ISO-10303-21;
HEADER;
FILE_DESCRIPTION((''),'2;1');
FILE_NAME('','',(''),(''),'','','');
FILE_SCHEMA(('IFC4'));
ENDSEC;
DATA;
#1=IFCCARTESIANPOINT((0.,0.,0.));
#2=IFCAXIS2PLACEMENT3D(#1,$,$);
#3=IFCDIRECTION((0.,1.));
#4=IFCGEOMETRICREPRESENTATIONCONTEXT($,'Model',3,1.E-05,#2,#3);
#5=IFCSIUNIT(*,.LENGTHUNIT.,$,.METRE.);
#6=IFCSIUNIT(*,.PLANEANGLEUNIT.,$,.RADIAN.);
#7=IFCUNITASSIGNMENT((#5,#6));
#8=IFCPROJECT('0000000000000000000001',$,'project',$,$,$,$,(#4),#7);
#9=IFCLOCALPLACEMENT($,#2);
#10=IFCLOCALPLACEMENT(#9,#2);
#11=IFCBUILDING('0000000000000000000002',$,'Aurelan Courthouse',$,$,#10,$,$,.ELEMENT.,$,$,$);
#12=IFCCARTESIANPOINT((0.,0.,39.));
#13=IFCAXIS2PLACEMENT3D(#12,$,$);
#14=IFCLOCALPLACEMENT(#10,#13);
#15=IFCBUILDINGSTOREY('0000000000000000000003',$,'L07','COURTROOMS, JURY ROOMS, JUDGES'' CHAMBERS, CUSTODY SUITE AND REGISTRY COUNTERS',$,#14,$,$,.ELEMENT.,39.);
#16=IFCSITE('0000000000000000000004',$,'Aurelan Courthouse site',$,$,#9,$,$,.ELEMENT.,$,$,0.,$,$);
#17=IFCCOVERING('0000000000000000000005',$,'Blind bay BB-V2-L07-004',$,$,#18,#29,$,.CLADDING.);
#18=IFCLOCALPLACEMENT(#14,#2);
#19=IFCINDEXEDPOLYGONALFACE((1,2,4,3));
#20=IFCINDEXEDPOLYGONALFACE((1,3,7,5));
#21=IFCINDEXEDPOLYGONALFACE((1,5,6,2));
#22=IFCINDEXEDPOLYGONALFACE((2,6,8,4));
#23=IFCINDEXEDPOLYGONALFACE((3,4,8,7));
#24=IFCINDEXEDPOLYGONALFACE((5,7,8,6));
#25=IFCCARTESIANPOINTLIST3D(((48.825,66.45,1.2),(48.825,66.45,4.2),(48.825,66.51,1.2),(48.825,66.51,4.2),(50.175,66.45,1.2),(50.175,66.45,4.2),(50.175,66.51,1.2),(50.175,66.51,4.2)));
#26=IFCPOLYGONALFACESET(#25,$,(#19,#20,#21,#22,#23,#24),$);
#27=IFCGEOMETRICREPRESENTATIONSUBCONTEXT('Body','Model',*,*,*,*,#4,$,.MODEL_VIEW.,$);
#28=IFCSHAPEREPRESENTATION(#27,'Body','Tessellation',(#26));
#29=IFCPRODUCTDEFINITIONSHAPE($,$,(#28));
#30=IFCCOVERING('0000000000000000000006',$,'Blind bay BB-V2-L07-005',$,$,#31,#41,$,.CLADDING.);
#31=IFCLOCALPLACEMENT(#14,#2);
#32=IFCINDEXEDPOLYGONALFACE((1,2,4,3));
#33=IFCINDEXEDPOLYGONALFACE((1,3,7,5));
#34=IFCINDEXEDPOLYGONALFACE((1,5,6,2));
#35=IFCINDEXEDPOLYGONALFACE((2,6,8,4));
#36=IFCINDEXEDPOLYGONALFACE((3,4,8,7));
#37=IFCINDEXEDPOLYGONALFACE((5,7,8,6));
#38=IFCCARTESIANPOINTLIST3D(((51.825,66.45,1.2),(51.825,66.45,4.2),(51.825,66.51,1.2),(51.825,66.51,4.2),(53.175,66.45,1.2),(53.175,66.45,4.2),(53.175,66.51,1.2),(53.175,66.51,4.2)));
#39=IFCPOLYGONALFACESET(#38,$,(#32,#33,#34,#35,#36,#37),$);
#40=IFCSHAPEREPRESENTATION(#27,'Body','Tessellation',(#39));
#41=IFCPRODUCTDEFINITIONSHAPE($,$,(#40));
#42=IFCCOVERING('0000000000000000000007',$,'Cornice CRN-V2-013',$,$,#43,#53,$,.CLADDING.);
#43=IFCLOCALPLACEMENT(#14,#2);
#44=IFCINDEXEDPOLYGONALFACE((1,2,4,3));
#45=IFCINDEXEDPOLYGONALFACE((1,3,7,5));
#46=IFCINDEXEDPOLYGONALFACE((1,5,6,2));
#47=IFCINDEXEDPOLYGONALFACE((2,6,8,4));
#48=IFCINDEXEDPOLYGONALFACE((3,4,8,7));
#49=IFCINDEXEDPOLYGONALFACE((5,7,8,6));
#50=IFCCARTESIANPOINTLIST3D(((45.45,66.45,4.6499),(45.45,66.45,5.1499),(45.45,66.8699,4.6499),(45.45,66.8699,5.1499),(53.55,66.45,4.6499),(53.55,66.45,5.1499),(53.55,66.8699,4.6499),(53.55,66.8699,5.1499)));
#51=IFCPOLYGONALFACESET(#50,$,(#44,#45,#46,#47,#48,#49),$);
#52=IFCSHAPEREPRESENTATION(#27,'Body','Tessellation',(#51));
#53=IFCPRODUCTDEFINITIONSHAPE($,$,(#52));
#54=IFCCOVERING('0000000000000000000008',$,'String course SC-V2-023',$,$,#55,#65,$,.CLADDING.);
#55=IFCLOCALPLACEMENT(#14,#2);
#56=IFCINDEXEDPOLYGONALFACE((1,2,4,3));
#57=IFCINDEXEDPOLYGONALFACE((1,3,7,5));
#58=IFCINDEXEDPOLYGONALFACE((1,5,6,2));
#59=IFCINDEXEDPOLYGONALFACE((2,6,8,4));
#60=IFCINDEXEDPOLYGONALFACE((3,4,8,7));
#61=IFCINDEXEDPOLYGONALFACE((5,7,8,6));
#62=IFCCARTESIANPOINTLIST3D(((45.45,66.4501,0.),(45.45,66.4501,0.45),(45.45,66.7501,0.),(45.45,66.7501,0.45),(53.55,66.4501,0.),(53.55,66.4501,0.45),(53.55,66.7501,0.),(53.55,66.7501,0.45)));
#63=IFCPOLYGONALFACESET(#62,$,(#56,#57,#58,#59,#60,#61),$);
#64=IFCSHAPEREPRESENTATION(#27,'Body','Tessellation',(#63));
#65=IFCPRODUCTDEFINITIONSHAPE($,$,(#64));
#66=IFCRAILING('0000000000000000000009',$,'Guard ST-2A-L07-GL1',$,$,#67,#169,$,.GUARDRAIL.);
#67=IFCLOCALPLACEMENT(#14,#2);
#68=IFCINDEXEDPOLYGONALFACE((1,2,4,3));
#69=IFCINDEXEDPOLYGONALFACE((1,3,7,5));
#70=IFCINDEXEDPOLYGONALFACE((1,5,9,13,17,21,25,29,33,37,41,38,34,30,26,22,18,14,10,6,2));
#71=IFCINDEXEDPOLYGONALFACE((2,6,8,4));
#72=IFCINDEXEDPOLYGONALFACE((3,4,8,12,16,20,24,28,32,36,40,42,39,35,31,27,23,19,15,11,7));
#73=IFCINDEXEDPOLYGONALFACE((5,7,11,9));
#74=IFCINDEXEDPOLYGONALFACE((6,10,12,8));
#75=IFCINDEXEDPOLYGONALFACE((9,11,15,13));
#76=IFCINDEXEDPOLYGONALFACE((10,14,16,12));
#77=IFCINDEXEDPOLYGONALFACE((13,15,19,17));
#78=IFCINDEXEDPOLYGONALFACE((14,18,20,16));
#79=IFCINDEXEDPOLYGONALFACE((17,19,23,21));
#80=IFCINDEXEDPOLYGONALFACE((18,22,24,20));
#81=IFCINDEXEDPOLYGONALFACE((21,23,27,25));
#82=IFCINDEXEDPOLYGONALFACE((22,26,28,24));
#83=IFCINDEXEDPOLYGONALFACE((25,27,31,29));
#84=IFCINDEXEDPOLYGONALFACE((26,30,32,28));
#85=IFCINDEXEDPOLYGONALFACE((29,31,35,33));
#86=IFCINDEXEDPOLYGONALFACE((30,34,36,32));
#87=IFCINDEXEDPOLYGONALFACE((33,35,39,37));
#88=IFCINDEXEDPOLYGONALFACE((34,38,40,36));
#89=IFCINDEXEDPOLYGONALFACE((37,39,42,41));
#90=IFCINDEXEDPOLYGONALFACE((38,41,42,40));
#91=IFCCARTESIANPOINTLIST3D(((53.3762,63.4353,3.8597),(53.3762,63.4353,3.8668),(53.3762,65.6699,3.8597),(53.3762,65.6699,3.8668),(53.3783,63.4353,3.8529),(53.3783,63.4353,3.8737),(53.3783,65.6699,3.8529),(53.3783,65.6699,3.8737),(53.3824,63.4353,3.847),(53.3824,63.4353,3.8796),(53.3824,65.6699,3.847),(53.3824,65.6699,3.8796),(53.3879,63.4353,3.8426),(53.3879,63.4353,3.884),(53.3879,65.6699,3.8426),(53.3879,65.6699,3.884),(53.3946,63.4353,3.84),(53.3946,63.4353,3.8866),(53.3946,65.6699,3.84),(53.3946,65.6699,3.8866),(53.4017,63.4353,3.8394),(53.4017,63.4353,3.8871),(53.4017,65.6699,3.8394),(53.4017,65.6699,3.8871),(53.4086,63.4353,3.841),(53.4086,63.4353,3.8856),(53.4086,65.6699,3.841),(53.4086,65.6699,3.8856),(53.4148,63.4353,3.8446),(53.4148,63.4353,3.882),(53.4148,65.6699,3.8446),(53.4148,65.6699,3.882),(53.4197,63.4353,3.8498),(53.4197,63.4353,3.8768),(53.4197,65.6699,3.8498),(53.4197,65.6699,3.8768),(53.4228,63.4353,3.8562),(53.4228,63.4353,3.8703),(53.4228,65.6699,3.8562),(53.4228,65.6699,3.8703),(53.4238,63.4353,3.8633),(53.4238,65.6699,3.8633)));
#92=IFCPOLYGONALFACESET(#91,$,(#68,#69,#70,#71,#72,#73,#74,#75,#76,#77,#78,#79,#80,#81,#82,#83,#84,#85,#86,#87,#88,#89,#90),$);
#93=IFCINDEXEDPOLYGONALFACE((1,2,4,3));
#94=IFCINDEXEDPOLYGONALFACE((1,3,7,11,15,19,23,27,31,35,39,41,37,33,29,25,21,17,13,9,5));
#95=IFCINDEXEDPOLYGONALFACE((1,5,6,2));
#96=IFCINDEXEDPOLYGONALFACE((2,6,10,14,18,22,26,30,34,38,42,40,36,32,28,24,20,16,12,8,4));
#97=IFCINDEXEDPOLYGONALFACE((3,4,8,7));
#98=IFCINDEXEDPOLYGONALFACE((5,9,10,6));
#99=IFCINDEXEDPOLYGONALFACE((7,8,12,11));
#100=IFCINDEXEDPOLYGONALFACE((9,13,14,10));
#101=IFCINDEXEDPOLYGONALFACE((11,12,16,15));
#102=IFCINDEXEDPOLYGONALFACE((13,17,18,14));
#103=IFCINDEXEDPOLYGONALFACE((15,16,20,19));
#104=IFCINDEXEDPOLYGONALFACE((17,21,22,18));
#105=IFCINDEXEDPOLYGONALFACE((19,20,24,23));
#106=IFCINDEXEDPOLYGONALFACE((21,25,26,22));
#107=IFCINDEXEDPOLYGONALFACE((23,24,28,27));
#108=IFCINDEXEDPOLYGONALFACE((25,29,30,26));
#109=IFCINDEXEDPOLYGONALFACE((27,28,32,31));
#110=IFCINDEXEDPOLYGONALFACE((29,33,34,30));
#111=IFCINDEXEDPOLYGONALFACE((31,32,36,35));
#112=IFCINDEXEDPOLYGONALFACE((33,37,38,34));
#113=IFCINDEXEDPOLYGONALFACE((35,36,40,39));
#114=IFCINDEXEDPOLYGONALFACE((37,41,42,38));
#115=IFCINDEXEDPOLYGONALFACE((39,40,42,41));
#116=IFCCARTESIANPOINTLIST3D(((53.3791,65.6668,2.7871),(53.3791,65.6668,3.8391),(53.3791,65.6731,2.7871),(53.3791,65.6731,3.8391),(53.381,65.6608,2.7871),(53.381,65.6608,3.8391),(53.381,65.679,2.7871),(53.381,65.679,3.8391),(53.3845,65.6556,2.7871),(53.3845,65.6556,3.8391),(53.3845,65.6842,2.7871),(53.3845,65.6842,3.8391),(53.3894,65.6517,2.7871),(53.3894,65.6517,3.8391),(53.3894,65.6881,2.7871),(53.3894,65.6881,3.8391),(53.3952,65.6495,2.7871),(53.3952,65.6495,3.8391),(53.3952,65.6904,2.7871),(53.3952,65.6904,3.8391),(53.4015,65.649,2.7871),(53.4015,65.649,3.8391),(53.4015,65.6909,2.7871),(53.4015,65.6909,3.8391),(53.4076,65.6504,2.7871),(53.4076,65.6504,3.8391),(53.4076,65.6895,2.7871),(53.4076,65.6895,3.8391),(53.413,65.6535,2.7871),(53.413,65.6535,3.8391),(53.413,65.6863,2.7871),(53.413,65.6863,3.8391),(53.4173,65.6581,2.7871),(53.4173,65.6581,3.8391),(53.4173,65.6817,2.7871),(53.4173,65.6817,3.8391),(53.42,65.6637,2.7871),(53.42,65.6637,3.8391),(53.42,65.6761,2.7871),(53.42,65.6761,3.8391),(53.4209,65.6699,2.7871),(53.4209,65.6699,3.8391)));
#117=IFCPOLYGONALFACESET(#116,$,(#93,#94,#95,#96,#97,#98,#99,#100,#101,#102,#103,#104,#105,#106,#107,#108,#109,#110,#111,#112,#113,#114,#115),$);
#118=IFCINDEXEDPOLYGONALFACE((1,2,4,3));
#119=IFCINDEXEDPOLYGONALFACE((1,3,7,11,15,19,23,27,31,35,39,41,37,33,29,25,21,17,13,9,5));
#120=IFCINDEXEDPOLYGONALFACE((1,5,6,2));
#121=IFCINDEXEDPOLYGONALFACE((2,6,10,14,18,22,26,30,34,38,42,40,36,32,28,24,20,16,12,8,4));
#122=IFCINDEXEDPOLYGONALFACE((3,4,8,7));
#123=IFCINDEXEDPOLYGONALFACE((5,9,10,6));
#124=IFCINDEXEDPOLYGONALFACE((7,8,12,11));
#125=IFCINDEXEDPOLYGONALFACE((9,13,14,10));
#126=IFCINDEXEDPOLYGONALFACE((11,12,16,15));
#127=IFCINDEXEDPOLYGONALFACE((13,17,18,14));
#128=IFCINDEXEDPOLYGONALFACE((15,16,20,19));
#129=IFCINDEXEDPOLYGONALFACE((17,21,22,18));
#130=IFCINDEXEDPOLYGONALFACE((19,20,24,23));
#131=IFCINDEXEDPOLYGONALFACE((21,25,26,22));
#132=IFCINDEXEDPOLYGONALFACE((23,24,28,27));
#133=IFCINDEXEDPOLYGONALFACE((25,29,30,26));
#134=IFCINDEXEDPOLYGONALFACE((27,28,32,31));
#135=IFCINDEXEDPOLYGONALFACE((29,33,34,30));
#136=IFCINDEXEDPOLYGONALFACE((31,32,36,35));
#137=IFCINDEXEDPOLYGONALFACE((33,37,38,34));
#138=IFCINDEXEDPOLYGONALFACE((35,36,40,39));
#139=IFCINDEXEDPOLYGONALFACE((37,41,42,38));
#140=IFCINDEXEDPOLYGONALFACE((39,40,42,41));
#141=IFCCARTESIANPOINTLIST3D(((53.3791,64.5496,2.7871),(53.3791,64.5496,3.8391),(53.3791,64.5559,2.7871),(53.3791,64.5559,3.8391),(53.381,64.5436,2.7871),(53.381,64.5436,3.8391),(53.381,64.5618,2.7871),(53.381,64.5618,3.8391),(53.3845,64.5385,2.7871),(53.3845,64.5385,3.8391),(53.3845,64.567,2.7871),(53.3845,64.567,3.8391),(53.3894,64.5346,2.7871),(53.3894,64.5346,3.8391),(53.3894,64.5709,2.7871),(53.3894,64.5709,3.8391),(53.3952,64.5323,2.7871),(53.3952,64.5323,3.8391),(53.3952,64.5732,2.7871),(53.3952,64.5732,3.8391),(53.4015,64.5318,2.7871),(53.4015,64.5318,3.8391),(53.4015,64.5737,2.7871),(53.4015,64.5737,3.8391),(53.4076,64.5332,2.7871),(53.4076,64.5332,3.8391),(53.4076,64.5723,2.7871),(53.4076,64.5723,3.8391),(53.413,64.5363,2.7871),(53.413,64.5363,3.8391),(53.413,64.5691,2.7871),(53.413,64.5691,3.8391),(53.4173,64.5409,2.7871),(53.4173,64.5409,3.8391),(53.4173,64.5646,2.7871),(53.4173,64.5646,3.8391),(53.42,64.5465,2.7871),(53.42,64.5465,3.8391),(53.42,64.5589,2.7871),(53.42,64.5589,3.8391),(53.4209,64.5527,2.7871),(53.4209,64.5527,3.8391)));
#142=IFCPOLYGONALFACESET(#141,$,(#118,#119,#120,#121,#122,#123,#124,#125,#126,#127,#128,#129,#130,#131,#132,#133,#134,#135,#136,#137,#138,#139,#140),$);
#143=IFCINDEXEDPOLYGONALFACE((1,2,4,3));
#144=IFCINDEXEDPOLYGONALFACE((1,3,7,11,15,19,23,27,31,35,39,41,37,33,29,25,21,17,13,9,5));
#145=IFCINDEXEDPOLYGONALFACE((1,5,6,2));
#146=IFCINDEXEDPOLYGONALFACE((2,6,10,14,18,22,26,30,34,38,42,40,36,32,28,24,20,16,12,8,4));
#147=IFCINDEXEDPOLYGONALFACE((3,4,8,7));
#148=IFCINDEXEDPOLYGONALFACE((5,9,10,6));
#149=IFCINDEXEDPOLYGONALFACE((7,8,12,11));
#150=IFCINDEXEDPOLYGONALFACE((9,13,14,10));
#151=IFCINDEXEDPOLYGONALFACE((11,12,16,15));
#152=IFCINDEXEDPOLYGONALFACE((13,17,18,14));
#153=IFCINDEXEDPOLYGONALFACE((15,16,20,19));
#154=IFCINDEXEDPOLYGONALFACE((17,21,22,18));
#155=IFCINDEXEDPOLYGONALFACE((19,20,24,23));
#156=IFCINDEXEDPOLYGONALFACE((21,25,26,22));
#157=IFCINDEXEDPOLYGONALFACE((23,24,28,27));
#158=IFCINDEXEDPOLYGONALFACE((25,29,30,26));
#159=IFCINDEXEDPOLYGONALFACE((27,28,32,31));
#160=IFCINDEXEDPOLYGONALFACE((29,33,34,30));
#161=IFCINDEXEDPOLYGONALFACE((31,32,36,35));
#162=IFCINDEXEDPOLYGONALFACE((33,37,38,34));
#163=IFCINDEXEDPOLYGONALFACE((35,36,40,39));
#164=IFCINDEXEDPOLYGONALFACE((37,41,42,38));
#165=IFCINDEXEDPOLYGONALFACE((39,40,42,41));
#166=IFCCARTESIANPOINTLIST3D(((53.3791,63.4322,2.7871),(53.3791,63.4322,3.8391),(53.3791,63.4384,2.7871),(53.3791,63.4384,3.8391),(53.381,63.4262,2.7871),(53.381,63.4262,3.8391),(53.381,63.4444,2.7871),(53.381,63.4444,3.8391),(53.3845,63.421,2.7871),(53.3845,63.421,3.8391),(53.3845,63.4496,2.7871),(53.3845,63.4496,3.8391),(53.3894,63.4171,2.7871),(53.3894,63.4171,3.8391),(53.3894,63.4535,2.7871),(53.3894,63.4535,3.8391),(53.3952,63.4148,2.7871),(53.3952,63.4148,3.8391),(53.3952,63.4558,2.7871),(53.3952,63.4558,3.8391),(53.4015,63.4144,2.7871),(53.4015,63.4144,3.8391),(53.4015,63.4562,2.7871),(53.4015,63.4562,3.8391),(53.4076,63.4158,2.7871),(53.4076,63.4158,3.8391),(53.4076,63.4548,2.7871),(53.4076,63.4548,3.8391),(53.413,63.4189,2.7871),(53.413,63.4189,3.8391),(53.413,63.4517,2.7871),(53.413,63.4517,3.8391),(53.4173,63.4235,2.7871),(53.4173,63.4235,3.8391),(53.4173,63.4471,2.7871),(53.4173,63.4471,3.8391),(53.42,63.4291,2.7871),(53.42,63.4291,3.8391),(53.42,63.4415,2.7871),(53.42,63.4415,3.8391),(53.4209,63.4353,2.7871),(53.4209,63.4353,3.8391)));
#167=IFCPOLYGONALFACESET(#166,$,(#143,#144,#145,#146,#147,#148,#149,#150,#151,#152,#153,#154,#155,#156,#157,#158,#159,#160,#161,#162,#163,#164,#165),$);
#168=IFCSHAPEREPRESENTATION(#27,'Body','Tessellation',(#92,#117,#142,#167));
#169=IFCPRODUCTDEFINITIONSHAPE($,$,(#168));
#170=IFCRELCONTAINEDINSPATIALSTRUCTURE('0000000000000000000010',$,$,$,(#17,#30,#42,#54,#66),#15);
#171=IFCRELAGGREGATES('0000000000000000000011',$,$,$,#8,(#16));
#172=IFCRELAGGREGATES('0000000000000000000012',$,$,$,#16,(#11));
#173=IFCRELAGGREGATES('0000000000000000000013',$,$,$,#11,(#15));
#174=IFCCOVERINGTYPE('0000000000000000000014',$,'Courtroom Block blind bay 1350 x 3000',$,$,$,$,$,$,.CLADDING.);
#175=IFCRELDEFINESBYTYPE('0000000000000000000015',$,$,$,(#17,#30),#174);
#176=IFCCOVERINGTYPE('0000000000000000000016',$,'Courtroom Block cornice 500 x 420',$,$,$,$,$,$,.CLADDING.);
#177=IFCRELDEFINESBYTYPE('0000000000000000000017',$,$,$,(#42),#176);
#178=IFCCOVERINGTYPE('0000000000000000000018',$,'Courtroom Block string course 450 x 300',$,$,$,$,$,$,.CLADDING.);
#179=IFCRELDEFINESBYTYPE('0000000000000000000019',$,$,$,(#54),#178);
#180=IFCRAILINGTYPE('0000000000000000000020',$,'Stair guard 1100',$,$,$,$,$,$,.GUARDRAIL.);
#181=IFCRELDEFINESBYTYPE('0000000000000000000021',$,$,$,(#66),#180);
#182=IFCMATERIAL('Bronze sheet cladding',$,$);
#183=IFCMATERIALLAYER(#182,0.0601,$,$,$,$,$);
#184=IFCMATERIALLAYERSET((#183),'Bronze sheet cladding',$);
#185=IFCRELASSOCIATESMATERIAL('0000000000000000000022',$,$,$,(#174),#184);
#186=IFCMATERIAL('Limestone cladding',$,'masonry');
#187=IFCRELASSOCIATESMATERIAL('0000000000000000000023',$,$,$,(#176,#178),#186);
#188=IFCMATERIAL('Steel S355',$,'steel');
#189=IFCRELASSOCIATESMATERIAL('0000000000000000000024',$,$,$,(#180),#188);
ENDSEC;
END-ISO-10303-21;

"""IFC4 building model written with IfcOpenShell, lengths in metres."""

from ifc_helpers import new_model, si_unit, direction, frame, origin, origin_2d, place, context, subcontext, project, spatial, rectangle, circle, extrude, material, layer, layer_set, type_object, element, save


model = new_model("IFC4")

# Units and contexts
model_context = context("Model", 3, precision=1e-05, world=origin(), true_north=direction((0.0, 1.0)))
body_context = subcontext(model_context, "Body", "Model", "MODEL_VIEW")
ifc_project = project(units=[si_unit("LENGTHUNIT", "METRE"), si_unit("PLANEANGLEUNIT", "RADIAN")], contexts=[model_context])

# Site, building, storey
site_placement = place(None, origin())
site = spatial("IfcSite", under=ifc_project, at=site_placement, Name="Aurelan Courthouse site", CompositionType="ELEMENT", RefElevation=0.0)
building_placement = place(site_placement, origin())
building = spatial("IfcBuilding", under=site, at=building_placement, Name="Aurelan Courthouse", CompositionType="ELEMENT")
storey_placement = place(building_placement, frame((0.0, 0.0, 39.0)))
storey = spatial("IfcBuildingStorey", under=building, at=storey_placement, Name="L07", Description="COURTROOMS, JURY ROOMS, JUDGES' CHAMBERS, CUSTODY SUITE AND REGISTRY COUNTERS", CompositionType="ELEMENT", Elevation=39.0)

# Shared definitions
ifc_material_1 = material(Name="Steel S355", Category="steel")

# Shared definitions
ifc_material_2 = material(Name="Limestone cladding", Category="masonry")

# Coverings
ifc_material_3 = material(Name="Bronze sheet cladding")
ifc_layer_1 = layer(ifc_material_3, 0.0601)
ifc_layer_set_1 = layer_set([ifc_layer_1], Name="Bronze sheet cladding")
covering_type_1 = type_object("IfcCoveringType", Name="Courtroom Block blind bay 1350 x 3000", PredefinedType="CLADDING", material=ifc_layer_set_1)
for number, where, z_axis, x_axis, name in (
    (1, (49.5, 66.48, 1.2), (0.0, 0.0, 1.0), (1.0, 0.0, 0.0), "Blind bay BB-V2-L07-004"),
    (2, (52.5, 66.48, 1.2), (0.0, 0.0, 1.0), (1.0, 0.0, 0.0), "Blind bay BB-V2-L07-005"),
):
    element("IfcCovering", number, at=place(storey_placement, frame(where, z_axis=z_axis, x_axis=x_axis)), inside=storey, type_object=covering_type_1, Name=name, PredefinedType="CLADDING", context=body_context, shape_type="SweptSolid", body=[
        extrude(rectangle(XDim=1.3501, YDim=0.0601, at=origin_2d()), origin(), (0.0, 0.0, 1.0), 3.0),
    ])
covering_type_2 = type_object("IfcCoveringType", Name="Courtroom Block cornice 500 x 420", PredefinedType="CLADDING", material=ifc_material_2)
covering_1_placement = place(storey_placement, frame((49.5, 66.6599, 4.6499), z_axis=(0.0, 0.0, 1.0), x_axis=(1.0, 0.0, 0.0)))
element("IfcCovering", 3, at=covering_1_placement, inside=storey, type_object=covering_type_2, Name="Cornice CRN-V2-013", PredefinedType="CLADDING", context=body_context, shape_type="SweptSolid", body=[
    extrude(rectangle(XDim=8.1001, YDim=0.4199, at=origin_2d()), origin(), (0.0, 0.0, 1.0), 0.5),
])
covering_type_3 = type_object("IfcCoveringType", Name="Courtroom Block string course 450 x 300", PredefinedType="CLADDING", material=ifc_material_2)
covering_2_placement = place(storey_placement, frame((49.5, 66.6001, 0.0), z_axis=(0.0, 0.0, 1.0), x_axis=(1.0, 0.0, 0.0)))
element("IfcCovering", 4, at=covering_2_placement, inside=storey, type_object=covering_type_3, Name="String course SC-V2-023", PredefinedType="CLADDING", context=body_context, shape_type="SweptSolid", body=[
    extrude(rectangle(XDim=8.1001, YDim=0.3, at=origin_2d()), origin(), (0.0, 0.0, 1.0), 0.45),
])

# Railing
railing_type_1 = type_object("IfcRailingType", Name="Stair guard 1100", PredefinedType="GUARDRAIL", material=ifc_material_1)
railing_placement = place(storey_placement, frame((53.3999, 65.6699, 2.7871)))
element("IfcRailing", 5, at=railing_placement, inside=storey, type_object=railing_type_1, Name="Guard ST-2A-L07-GL1", PredefinedType="GUARDRAIL", context=body_context, shape_type="SweptSolid", body=[
    extrude(circle(Radius=0.0239, at=origin_2d()), frame((0.0, 0.0, 1.0762), z_axis=(0.0, -1.0, 0.0), x_axis=(1.0, 0.0, 0.0)), (0.0, 0.0, 1.0), 2.2346),
    extrude(circle(Radius=0.021, at=origin_2d()), origin(), (0.0, 0.0, 1.0), 1.052),
    extrude(circle(Radius=0.021, at=origin_2d()), frame((0.0, -1.1172, 0.0)), (0.0, 0.0, 1.0), 1.052),
    extrude(circle(Radius=0.021, at=origin_2d()), frame((0.0, -2.2346, 0.0)), (0.0, 0.0, 1.0), 1.052),
])

save(model, "model.ifc")
